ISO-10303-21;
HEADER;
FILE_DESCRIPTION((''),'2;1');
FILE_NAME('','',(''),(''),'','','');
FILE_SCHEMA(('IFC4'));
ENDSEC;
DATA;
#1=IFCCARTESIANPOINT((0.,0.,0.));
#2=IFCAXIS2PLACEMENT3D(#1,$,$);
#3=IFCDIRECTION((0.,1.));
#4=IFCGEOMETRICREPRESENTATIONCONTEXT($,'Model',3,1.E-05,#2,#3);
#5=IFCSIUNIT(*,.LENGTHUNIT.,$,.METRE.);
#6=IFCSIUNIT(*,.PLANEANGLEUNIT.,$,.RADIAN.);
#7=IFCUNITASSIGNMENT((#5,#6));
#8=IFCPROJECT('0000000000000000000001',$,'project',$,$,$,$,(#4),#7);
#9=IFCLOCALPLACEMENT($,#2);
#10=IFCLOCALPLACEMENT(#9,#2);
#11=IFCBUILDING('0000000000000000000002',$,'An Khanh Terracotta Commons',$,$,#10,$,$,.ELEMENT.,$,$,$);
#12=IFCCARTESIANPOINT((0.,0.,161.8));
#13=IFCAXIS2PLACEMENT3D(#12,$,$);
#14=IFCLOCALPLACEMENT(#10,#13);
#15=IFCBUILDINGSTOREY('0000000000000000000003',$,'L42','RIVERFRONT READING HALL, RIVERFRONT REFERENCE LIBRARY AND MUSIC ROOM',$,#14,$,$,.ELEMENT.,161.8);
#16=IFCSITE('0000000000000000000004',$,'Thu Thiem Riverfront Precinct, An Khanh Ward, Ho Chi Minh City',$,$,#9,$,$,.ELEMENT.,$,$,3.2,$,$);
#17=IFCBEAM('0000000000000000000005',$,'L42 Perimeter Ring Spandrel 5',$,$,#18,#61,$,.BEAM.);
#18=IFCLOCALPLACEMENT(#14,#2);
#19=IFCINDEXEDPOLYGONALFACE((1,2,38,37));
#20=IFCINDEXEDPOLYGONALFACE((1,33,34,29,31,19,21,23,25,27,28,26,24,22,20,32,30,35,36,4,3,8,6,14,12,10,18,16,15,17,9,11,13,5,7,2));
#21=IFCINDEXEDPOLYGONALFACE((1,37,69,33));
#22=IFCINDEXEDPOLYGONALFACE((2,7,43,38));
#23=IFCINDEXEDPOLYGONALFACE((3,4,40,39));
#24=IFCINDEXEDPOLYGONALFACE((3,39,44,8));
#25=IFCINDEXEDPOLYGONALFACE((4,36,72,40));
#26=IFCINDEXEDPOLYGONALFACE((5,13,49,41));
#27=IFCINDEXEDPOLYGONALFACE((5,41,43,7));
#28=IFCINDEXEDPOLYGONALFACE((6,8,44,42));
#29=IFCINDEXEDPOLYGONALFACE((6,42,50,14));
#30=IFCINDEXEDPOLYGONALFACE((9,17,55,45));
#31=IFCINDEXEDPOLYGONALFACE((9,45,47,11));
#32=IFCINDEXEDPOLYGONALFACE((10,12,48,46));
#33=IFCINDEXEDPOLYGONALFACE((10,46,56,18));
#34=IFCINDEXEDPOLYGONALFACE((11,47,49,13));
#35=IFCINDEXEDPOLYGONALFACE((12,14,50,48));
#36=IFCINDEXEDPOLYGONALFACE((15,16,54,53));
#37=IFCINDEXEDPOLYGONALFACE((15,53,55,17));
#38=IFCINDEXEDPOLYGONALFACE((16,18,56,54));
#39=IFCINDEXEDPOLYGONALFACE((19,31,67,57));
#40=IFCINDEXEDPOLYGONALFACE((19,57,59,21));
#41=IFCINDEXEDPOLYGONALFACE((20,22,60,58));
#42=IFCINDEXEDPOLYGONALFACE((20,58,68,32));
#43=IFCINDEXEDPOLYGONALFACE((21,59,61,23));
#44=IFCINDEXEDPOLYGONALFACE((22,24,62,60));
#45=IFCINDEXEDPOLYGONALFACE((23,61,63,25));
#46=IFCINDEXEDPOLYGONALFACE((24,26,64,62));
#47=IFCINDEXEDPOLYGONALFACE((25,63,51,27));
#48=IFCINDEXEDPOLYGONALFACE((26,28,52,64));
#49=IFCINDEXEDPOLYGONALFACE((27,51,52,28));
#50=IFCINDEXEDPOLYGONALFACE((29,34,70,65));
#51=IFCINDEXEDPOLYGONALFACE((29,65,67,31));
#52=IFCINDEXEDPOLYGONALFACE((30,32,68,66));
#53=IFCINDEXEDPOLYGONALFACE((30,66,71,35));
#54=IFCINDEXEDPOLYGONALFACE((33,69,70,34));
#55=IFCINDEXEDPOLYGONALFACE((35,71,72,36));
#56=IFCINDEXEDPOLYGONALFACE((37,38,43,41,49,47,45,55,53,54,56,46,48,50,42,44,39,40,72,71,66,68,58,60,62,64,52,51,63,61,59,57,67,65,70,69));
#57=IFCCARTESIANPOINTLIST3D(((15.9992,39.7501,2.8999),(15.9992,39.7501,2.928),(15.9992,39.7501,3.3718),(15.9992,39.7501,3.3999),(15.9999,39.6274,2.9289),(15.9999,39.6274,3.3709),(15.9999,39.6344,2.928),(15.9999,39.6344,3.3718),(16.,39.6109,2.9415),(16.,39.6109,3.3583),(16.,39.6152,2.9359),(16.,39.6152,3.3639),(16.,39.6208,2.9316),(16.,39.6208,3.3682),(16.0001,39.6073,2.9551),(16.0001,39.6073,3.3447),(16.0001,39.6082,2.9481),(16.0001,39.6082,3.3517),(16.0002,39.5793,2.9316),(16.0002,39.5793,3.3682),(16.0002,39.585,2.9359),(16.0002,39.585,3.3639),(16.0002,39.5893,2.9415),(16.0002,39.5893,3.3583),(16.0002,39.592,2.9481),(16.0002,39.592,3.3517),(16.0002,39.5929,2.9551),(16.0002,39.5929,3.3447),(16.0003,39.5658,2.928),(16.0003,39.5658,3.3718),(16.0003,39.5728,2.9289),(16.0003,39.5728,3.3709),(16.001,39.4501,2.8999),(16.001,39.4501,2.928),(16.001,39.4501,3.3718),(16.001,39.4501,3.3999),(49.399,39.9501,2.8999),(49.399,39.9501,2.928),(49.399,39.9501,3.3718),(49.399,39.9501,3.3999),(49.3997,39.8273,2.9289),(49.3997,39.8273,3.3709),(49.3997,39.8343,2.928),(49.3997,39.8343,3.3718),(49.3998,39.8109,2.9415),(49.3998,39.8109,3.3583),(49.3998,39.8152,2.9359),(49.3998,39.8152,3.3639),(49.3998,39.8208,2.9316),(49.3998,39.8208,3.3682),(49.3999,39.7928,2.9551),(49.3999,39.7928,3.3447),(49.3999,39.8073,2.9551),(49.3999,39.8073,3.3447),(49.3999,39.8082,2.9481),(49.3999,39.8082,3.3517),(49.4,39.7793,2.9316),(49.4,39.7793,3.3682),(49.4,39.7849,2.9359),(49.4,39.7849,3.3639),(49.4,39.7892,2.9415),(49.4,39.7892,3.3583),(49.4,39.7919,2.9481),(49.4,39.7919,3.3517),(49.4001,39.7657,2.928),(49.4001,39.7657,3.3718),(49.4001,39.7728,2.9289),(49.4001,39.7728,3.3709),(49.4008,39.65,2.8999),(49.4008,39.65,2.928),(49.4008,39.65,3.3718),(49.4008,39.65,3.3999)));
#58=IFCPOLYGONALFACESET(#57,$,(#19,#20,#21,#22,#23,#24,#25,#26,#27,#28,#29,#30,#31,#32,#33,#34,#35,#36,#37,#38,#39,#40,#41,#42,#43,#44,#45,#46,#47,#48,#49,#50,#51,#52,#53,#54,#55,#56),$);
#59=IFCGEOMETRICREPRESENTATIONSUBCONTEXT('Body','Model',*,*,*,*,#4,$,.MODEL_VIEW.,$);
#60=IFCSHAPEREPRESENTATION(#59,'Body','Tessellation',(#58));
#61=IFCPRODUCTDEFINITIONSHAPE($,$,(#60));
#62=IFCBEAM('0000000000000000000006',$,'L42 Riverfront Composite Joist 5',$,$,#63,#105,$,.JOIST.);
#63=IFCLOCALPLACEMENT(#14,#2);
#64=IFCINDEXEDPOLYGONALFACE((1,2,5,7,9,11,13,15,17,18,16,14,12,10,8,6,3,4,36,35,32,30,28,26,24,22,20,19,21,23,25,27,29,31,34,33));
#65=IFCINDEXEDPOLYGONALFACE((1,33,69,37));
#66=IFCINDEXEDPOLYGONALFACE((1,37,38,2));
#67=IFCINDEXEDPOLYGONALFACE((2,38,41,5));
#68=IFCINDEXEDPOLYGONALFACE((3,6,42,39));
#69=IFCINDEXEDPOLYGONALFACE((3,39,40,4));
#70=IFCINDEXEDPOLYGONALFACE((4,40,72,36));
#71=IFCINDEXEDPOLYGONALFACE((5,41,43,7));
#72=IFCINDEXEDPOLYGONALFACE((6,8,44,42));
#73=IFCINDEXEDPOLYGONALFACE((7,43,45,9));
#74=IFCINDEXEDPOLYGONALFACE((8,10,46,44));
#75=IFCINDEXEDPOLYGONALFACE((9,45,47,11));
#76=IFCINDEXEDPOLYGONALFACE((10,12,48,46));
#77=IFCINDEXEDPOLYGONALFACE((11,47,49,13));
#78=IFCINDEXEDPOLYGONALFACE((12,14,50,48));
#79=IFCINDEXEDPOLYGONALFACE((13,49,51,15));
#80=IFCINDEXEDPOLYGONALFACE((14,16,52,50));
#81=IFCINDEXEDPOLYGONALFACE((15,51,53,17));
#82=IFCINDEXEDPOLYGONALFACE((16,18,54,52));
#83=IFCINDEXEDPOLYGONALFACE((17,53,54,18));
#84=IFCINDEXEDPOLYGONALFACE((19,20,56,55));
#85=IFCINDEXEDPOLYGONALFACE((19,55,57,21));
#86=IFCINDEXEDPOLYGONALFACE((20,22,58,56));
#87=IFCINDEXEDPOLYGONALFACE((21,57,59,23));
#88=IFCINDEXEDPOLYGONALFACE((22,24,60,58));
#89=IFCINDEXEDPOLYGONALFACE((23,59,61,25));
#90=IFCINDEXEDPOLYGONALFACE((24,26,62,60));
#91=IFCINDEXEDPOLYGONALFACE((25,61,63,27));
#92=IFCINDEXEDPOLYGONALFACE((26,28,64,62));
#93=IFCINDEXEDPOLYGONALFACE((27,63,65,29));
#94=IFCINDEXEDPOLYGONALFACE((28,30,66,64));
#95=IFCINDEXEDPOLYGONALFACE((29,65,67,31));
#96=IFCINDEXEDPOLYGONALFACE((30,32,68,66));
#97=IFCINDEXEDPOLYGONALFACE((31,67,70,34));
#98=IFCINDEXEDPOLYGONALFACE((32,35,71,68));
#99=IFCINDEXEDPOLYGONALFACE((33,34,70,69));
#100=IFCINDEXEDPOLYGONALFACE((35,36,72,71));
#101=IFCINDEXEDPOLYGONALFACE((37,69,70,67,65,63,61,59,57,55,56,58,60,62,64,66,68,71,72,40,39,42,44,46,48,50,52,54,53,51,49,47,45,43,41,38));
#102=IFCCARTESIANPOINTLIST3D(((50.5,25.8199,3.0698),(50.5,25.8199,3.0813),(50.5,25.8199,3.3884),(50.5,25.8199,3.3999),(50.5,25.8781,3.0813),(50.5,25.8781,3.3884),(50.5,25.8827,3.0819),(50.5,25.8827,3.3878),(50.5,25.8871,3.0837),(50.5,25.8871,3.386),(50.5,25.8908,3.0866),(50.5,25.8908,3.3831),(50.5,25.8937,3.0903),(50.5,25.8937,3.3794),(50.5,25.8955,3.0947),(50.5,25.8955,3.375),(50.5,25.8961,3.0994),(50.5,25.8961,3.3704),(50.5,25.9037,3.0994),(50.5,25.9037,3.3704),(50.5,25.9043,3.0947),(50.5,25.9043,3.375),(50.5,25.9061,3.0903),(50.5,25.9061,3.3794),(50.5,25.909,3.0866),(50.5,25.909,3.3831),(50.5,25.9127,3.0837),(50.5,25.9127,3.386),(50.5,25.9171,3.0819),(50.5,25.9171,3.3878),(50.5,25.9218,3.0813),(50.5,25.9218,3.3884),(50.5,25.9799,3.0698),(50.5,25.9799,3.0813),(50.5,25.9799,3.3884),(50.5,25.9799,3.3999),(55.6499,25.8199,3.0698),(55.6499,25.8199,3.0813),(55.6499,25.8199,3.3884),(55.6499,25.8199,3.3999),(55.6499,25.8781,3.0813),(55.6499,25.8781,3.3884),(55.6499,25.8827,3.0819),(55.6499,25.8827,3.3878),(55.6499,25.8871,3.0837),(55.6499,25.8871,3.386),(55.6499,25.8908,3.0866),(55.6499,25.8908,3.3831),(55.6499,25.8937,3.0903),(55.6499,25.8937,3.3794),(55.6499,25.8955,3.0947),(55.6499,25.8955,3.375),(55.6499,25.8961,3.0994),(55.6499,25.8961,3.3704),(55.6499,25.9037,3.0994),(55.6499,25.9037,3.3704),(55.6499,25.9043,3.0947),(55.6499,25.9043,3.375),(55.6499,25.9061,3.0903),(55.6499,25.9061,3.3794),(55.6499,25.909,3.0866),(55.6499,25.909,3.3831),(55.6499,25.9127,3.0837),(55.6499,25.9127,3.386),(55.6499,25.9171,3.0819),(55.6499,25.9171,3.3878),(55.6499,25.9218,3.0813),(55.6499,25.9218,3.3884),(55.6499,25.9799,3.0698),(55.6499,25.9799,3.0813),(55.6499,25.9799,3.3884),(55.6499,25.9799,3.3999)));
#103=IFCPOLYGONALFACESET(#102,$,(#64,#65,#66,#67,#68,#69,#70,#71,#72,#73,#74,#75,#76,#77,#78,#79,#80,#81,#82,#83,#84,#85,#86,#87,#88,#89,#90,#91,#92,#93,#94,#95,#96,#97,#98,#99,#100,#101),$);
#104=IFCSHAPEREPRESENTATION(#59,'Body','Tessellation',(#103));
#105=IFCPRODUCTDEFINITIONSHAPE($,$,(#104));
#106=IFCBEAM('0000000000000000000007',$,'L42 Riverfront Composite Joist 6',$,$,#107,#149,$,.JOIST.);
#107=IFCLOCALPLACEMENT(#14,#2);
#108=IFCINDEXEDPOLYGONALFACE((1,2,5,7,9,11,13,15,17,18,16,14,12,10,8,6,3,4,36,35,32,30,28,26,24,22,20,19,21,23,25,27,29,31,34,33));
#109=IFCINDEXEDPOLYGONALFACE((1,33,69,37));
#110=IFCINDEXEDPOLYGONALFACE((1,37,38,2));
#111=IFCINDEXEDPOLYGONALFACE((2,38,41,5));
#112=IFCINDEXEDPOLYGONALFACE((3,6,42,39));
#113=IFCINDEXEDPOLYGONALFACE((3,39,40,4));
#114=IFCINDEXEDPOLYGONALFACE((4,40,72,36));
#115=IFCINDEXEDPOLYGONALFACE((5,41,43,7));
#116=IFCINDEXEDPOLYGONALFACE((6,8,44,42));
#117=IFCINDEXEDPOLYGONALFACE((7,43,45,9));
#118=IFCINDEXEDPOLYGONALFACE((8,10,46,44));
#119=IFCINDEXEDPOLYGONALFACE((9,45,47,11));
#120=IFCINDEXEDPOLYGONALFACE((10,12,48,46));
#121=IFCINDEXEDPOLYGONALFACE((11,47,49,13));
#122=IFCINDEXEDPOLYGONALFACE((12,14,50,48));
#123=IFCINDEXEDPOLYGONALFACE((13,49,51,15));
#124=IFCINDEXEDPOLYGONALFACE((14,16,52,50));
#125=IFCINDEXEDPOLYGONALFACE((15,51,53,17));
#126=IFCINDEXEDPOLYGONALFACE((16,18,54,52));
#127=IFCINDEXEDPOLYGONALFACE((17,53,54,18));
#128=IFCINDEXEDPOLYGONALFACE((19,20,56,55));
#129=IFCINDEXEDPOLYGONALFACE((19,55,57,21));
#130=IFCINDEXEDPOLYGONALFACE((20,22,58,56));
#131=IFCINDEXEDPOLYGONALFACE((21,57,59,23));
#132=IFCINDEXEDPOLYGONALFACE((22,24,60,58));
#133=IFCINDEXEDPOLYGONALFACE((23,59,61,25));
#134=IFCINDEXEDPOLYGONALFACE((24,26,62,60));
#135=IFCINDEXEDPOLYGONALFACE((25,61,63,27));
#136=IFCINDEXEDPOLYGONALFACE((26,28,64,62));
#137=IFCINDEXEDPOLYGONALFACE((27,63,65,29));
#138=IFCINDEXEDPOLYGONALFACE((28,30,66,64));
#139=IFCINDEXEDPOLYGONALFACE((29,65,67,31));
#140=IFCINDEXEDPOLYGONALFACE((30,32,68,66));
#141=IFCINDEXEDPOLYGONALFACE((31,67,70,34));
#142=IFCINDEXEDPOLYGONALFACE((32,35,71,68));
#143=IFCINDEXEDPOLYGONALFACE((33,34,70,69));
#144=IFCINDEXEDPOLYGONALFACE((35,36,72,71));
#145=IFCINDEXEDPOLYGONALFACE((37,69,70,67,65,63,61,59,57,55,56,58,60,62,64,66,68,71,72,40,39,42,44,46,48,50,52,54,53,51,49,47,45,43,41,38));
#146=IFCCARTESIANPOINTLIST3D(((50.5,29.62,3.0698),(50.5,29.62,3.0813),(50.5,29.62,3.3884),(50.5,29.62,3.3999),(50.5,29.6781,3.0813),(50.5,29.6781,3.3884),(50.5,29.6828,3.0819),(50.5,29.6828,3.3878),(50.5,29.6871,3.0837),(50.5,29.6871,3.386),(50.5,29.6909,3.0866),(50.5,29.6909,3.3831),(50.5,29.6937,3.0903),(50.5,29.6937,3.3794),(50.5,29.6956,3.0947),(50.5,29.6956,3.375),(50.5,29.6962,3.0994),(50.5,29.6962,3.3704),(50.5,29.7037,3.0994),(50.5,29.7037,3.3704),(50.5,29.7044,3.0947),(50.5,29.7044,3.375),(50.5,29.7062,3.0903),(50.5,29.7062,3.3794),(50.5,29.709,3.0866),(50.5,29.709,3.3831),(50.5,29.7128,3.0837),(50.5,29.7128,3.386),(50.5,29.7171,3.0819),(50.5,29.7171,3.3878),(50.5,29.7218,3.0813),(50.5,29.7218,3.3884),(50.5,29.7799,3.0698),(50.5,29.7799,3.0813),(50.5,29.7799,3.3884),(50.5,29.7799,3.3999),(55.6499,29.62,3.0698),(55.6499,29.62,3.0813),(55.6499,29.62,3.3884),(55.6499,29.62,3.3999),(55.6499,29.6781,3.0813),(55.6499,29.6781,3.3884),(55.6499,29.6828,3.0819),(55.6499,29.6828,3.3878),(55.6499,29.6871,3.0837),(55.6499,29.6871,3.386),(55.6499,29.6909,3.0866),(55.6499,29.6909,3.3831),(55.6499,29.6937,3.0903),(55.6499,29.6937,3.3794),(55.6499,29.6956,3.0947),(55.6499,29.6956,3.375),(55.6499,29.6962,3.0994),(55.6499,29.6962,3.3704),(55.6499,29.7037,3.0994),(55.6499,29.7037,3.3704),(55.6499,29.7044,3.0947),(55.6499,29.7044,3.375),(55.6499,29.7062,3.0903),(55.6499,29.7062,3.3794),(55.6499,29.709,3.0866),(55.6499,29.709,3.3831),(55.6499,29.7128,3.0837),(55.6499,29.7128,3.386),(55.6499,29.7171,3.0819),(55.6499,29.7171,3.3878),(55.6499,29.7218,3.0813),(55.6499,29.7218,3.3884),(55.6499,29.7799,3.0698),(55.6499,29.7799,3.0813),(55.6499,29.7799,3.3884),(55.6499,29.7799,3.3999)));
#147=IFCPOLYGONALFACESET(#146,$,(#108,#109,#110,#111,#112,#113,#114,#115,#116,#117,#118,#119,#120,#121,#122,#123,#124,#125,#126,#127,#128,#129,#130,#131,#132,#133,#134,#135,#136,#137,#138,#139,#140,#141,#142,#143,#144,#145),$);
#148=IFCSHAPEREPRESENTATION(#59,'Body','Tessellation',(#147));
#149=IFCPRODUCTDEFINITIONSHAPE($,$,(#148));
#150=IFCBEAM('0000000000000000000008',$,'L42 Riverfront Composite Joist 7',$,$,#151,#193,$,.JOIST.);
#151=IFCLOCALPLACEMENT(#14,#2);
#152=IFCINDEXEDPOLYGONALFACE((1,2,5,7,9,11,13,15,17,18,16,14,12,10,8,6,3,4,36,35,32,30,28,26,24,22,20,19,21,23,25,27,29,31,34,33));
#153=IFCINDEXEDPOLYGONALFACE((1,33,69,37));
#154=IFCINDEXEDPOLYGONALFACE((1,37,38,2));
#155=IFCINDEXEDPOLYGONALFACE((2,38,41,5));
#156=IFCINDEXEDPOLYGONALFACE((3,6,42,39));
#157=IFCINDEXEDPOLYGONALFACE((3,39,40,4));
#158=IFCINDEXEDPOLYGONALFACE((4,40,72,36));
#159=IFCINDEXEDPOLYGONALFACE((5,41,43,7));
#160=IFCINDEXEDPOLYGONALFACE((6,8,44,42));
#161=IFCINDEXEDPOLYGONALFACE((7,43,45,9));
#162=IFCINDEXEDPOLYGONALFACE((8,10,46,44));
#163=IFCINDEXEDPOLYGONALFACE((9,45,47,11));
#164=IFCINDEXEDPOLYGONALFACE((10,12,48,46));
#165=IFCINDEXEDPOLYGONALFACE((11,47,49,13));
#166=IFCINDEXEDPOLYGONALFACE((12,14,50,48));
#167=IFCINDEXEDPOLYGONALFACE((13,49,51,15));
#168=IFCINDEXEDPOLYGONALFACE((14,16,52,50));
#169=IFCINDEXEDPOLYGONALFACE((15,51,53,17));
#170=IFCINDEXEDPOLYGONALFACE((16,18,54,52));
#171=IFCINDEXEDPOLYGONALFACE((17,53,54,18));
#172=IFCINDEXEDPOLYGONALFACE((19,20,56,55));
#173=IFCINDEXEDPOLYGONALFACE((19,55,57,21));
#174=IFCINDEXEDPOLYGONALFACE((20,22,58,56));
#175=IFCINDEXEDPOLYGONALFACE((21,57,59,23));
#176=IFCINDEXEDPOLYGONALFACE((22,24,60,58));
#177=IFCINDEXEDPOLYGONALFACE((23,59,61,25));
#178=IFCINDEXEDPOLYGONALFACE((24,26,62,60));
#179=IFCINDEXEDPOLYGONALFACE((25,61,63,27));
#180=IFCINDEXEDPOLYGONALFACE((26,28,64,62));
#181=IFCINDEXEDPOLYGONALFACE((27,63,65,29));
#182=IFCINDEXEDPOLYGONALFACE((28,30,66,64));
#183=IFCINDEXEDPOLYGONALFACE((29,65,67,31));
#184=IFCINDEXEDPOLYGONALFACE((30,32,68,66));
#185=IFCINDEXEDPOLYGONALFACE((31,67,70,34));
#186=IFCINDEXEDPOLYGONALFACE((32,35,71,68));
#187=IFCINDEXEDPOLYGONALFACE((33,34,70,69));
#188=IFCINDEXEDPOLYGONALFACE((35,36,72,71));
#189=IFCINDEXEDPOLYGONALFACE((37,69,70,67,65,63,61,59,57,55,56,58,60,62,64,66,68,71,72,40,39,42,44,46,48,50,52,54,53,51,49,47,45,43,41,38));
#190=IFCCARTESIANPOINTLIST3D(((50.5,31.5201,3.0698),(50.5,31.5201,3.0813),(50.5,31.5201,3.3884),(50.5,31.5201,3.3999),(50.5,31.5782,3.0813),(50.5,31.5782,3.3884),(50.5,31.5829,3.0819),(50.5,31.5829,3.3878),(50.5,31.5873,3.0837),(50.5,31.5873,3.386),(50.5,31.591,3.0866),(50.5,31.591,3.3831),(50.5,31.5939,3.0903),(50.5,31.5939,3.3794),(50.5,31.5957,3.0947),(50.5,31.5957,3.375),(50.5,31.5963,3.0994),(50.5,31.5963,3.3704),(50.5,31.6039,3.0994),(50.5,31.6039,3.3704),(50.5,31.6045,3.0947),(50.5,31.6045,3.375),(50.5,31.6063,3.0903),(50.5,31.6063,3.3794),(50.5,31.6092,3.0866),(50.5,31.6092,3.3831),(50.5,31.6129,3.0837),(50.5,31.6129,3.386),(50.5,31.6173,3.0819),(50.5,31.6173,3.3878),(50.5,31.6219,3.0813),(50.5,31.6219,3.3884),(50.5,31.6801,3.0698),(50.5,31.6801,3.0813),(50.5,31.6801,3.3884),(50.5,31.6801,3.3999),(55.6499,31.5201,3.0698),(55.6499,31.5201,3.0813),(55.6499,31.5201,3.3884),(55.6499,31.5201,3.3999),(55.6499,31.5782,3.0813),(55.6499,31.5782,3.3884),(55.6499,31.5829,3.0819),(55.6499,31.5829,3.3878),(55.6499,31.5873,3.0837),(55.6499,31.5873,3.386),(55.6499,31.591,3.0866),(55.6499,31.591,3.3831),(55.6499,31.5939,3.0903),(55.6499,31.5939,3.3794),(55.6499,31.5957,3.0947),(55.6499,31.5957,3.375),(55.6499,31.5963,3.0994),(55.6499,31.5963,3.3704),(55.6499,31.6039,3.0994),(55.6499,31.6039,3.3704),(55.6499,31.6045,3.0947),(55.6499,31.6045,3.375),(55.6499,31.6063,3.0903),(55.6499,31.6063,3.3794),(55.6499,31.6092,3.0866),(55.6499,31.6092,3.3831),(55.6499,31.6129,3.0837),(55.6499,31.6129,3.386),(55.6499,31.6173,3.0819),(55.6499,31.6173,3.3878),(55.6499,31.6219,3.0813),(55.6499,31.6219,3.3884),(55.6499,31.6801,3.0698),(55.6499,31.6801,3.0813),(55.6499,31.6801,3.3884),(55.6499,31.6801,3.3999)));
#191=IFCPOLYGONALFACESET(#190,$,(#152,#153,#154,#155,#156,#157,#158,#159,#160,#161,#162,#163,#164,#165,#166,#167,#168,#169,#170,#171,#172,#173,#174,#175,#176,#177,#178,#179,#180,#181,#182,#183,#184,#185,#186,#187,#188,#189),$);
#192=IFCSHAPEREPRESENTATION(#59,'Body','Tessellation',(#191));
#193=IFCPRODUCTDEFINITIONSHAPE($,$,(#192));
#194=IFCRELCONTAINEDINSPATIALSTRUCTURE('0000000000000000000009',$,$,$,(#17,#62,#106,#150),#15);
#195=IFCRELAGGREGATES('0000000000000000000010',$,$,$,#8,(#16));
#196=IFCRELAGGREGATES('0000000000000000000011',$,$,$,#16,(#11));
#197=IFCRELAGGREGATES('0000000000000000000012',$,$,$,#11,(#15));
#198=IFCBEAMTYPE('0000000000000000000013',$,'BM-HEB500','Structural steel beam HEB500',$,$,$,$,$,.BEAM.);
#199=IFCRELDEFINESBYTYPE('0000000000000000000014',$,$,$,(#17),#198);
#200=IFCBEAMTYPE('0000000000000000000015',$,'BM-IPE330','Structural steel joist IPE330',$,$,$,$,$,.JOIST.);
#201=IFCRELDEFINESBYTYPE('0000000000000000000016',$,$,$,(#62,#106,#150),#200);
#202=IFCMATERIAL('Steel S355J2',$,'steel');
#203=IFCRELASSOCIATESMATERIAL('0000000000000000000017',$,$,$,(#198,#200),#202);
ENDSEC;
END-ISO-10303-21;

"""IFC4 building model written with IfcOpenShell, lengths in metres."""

from ifc_helpers import new_model, si_unit, direction, frame, origin, origin_2d, place, context, subcontext, project, spatial, i_section, extrude, material, material_profile, profile_set, type_object, element, save


model = new_model("IFC4")

# Units and contexts
model_context = context("Model", 3, precision=1e-05, world=origin(), true_north=direction((0.0, 1.0)))
body_context = subcontext(model_context, "Body", "Model", "MODEL_VIEW")
ifc_project = project(units=[si_unit("LENGTHUNIT", "METRE"), si_unit("PLANEANGLEUNIT", "RADIAN")], contexts=[model_context])

# Site, building, storey
site_placement = place(None, origin())
site = spatial("IfcSite", under=ifc_project, at=site_placement, Name="Thu Thiem Riverfront Precinct, An Khanh Ward, Ho Chi Minh City", CompositionType="ELEMENT", RefElevation=3.2)
building_placement = place(site_placement, origin())
building = spatial("IfcBuilding", under=site, at=building_placement, Name="An Khanh Terracotta Commons", CompositionType="ELEMENT")
storey_placement = place(building_placement, frame((0.0, 0.0, 161.8)))
storey = spatial("IfcBuildingStorey", under=building, at=storey_placement, Name="L42", Description="RIVERFRONT READING HALL, RIVERFRONT REFERENCE LIBRARY AND MUSIC ROOM", CompositionType="ELEMENT", Elevation=161.8)

# Beams
ifc_material_1 = material(Name="Steel S355J2", Category="steel")
ifc_material_profile_1 = material_profile(ifc_material_1, i_section(OverallWidth=0.3, OverallDepth=0.5, WebThickness=0.0144, FlangeThickness=0.0281, FilletRadius=0.0271, at=origin_2d()), Name="HEB500")
ifc_profile_set_1 = profile_set([ifc_material_profile_1], Name="Steel S355J2")
beam_type_1 = type_object("IfcBeamType", Name="BM-HEB500", Description="Structural steel beam HEB500", PredefinedType="BEAM", material=ifc_profile_set_1)
beam_1_placement = place(storey_placement, frame((49.3999, 39.8, 3.1499), z_axis=(-0.999982, -0.005986, 0.0), x_axis=(0.005986, -0.999982, 0.0)))
element("IfcBeam", 1, at=beam_1_placement, inside=storey, type_object=beam_type_1, Name="L42 Perimeter Ring Spandrel 5", PredefinedType="BEAM", context=body_context, shape_type="SweptSolid", body=[
    extrude(i_section(OverallWidth=0.3, OverallDepth=0.5, WebThickness=0.0144, FlangeThickness=0.0281, FilletRadius=0.0271, at=origin_2d()), origin(), (0.0, 0.0, 1.0), 33.4004),
])
ifc_material_profile_2 = material_profile(ifc_material_1, i_section(OverallWidth=0.1599, OverallDepth=0.3301, WebThickness=0.0076, FlangeThickness=0.0115, FilletRadius=0.0181, at=origin_2d()), Name="IPE330")
ifc_profile_set_2 = profile_set([ifc_material_profile_2], Name="Steel S355J2")
beam_type_2 = type_object("IfcBeamType", Name="BM-IPE330", Description="Structural steel joist IPE330", PredefinedType="JOIST", material=ifc_profile_set_2)
for number, where, z_axis, x_axis, name in (
    (2, (50.5, 25.8999, 3.2349), (1.0, 0.0, 0.0), (0.0, 1.0, 0.0), "L42 Riverfront Composite Joist 5"),
    (3, (50.5, 29.7, 3.2349), (1.0, 0.0, 0.0), (0.0, 1.0, 0.0), "L42 Riverfront Composite Joist 6"),
    (4, (50.5, 31.6001, 3.2349), (1.0, 0.0, 0.0), (0.0, 1.0, 0.0), "L42 Riverfront Composite Joist 7"),
):
    element("IfcBeam", number, at=place(storey_placement, frame(where, z_axis=z_axis, x_axis=x_axis)), inside=storey, type_object=beam_type_2, Name=name, PredefinedType="JOIST", context=body_context, shape_type="SweptSolid", body=[
        extrude(i_section(OverallWidth=0.1599, OverallDepth=0.3301, WebThickness=0.0076, FlangeThickness=0.0115, FilletRadius=0.0181, at=origin_2d()), origin(), (0.0, 0.0, 1.0), 5.1499),
    ])

save(model, "model.ifc")
